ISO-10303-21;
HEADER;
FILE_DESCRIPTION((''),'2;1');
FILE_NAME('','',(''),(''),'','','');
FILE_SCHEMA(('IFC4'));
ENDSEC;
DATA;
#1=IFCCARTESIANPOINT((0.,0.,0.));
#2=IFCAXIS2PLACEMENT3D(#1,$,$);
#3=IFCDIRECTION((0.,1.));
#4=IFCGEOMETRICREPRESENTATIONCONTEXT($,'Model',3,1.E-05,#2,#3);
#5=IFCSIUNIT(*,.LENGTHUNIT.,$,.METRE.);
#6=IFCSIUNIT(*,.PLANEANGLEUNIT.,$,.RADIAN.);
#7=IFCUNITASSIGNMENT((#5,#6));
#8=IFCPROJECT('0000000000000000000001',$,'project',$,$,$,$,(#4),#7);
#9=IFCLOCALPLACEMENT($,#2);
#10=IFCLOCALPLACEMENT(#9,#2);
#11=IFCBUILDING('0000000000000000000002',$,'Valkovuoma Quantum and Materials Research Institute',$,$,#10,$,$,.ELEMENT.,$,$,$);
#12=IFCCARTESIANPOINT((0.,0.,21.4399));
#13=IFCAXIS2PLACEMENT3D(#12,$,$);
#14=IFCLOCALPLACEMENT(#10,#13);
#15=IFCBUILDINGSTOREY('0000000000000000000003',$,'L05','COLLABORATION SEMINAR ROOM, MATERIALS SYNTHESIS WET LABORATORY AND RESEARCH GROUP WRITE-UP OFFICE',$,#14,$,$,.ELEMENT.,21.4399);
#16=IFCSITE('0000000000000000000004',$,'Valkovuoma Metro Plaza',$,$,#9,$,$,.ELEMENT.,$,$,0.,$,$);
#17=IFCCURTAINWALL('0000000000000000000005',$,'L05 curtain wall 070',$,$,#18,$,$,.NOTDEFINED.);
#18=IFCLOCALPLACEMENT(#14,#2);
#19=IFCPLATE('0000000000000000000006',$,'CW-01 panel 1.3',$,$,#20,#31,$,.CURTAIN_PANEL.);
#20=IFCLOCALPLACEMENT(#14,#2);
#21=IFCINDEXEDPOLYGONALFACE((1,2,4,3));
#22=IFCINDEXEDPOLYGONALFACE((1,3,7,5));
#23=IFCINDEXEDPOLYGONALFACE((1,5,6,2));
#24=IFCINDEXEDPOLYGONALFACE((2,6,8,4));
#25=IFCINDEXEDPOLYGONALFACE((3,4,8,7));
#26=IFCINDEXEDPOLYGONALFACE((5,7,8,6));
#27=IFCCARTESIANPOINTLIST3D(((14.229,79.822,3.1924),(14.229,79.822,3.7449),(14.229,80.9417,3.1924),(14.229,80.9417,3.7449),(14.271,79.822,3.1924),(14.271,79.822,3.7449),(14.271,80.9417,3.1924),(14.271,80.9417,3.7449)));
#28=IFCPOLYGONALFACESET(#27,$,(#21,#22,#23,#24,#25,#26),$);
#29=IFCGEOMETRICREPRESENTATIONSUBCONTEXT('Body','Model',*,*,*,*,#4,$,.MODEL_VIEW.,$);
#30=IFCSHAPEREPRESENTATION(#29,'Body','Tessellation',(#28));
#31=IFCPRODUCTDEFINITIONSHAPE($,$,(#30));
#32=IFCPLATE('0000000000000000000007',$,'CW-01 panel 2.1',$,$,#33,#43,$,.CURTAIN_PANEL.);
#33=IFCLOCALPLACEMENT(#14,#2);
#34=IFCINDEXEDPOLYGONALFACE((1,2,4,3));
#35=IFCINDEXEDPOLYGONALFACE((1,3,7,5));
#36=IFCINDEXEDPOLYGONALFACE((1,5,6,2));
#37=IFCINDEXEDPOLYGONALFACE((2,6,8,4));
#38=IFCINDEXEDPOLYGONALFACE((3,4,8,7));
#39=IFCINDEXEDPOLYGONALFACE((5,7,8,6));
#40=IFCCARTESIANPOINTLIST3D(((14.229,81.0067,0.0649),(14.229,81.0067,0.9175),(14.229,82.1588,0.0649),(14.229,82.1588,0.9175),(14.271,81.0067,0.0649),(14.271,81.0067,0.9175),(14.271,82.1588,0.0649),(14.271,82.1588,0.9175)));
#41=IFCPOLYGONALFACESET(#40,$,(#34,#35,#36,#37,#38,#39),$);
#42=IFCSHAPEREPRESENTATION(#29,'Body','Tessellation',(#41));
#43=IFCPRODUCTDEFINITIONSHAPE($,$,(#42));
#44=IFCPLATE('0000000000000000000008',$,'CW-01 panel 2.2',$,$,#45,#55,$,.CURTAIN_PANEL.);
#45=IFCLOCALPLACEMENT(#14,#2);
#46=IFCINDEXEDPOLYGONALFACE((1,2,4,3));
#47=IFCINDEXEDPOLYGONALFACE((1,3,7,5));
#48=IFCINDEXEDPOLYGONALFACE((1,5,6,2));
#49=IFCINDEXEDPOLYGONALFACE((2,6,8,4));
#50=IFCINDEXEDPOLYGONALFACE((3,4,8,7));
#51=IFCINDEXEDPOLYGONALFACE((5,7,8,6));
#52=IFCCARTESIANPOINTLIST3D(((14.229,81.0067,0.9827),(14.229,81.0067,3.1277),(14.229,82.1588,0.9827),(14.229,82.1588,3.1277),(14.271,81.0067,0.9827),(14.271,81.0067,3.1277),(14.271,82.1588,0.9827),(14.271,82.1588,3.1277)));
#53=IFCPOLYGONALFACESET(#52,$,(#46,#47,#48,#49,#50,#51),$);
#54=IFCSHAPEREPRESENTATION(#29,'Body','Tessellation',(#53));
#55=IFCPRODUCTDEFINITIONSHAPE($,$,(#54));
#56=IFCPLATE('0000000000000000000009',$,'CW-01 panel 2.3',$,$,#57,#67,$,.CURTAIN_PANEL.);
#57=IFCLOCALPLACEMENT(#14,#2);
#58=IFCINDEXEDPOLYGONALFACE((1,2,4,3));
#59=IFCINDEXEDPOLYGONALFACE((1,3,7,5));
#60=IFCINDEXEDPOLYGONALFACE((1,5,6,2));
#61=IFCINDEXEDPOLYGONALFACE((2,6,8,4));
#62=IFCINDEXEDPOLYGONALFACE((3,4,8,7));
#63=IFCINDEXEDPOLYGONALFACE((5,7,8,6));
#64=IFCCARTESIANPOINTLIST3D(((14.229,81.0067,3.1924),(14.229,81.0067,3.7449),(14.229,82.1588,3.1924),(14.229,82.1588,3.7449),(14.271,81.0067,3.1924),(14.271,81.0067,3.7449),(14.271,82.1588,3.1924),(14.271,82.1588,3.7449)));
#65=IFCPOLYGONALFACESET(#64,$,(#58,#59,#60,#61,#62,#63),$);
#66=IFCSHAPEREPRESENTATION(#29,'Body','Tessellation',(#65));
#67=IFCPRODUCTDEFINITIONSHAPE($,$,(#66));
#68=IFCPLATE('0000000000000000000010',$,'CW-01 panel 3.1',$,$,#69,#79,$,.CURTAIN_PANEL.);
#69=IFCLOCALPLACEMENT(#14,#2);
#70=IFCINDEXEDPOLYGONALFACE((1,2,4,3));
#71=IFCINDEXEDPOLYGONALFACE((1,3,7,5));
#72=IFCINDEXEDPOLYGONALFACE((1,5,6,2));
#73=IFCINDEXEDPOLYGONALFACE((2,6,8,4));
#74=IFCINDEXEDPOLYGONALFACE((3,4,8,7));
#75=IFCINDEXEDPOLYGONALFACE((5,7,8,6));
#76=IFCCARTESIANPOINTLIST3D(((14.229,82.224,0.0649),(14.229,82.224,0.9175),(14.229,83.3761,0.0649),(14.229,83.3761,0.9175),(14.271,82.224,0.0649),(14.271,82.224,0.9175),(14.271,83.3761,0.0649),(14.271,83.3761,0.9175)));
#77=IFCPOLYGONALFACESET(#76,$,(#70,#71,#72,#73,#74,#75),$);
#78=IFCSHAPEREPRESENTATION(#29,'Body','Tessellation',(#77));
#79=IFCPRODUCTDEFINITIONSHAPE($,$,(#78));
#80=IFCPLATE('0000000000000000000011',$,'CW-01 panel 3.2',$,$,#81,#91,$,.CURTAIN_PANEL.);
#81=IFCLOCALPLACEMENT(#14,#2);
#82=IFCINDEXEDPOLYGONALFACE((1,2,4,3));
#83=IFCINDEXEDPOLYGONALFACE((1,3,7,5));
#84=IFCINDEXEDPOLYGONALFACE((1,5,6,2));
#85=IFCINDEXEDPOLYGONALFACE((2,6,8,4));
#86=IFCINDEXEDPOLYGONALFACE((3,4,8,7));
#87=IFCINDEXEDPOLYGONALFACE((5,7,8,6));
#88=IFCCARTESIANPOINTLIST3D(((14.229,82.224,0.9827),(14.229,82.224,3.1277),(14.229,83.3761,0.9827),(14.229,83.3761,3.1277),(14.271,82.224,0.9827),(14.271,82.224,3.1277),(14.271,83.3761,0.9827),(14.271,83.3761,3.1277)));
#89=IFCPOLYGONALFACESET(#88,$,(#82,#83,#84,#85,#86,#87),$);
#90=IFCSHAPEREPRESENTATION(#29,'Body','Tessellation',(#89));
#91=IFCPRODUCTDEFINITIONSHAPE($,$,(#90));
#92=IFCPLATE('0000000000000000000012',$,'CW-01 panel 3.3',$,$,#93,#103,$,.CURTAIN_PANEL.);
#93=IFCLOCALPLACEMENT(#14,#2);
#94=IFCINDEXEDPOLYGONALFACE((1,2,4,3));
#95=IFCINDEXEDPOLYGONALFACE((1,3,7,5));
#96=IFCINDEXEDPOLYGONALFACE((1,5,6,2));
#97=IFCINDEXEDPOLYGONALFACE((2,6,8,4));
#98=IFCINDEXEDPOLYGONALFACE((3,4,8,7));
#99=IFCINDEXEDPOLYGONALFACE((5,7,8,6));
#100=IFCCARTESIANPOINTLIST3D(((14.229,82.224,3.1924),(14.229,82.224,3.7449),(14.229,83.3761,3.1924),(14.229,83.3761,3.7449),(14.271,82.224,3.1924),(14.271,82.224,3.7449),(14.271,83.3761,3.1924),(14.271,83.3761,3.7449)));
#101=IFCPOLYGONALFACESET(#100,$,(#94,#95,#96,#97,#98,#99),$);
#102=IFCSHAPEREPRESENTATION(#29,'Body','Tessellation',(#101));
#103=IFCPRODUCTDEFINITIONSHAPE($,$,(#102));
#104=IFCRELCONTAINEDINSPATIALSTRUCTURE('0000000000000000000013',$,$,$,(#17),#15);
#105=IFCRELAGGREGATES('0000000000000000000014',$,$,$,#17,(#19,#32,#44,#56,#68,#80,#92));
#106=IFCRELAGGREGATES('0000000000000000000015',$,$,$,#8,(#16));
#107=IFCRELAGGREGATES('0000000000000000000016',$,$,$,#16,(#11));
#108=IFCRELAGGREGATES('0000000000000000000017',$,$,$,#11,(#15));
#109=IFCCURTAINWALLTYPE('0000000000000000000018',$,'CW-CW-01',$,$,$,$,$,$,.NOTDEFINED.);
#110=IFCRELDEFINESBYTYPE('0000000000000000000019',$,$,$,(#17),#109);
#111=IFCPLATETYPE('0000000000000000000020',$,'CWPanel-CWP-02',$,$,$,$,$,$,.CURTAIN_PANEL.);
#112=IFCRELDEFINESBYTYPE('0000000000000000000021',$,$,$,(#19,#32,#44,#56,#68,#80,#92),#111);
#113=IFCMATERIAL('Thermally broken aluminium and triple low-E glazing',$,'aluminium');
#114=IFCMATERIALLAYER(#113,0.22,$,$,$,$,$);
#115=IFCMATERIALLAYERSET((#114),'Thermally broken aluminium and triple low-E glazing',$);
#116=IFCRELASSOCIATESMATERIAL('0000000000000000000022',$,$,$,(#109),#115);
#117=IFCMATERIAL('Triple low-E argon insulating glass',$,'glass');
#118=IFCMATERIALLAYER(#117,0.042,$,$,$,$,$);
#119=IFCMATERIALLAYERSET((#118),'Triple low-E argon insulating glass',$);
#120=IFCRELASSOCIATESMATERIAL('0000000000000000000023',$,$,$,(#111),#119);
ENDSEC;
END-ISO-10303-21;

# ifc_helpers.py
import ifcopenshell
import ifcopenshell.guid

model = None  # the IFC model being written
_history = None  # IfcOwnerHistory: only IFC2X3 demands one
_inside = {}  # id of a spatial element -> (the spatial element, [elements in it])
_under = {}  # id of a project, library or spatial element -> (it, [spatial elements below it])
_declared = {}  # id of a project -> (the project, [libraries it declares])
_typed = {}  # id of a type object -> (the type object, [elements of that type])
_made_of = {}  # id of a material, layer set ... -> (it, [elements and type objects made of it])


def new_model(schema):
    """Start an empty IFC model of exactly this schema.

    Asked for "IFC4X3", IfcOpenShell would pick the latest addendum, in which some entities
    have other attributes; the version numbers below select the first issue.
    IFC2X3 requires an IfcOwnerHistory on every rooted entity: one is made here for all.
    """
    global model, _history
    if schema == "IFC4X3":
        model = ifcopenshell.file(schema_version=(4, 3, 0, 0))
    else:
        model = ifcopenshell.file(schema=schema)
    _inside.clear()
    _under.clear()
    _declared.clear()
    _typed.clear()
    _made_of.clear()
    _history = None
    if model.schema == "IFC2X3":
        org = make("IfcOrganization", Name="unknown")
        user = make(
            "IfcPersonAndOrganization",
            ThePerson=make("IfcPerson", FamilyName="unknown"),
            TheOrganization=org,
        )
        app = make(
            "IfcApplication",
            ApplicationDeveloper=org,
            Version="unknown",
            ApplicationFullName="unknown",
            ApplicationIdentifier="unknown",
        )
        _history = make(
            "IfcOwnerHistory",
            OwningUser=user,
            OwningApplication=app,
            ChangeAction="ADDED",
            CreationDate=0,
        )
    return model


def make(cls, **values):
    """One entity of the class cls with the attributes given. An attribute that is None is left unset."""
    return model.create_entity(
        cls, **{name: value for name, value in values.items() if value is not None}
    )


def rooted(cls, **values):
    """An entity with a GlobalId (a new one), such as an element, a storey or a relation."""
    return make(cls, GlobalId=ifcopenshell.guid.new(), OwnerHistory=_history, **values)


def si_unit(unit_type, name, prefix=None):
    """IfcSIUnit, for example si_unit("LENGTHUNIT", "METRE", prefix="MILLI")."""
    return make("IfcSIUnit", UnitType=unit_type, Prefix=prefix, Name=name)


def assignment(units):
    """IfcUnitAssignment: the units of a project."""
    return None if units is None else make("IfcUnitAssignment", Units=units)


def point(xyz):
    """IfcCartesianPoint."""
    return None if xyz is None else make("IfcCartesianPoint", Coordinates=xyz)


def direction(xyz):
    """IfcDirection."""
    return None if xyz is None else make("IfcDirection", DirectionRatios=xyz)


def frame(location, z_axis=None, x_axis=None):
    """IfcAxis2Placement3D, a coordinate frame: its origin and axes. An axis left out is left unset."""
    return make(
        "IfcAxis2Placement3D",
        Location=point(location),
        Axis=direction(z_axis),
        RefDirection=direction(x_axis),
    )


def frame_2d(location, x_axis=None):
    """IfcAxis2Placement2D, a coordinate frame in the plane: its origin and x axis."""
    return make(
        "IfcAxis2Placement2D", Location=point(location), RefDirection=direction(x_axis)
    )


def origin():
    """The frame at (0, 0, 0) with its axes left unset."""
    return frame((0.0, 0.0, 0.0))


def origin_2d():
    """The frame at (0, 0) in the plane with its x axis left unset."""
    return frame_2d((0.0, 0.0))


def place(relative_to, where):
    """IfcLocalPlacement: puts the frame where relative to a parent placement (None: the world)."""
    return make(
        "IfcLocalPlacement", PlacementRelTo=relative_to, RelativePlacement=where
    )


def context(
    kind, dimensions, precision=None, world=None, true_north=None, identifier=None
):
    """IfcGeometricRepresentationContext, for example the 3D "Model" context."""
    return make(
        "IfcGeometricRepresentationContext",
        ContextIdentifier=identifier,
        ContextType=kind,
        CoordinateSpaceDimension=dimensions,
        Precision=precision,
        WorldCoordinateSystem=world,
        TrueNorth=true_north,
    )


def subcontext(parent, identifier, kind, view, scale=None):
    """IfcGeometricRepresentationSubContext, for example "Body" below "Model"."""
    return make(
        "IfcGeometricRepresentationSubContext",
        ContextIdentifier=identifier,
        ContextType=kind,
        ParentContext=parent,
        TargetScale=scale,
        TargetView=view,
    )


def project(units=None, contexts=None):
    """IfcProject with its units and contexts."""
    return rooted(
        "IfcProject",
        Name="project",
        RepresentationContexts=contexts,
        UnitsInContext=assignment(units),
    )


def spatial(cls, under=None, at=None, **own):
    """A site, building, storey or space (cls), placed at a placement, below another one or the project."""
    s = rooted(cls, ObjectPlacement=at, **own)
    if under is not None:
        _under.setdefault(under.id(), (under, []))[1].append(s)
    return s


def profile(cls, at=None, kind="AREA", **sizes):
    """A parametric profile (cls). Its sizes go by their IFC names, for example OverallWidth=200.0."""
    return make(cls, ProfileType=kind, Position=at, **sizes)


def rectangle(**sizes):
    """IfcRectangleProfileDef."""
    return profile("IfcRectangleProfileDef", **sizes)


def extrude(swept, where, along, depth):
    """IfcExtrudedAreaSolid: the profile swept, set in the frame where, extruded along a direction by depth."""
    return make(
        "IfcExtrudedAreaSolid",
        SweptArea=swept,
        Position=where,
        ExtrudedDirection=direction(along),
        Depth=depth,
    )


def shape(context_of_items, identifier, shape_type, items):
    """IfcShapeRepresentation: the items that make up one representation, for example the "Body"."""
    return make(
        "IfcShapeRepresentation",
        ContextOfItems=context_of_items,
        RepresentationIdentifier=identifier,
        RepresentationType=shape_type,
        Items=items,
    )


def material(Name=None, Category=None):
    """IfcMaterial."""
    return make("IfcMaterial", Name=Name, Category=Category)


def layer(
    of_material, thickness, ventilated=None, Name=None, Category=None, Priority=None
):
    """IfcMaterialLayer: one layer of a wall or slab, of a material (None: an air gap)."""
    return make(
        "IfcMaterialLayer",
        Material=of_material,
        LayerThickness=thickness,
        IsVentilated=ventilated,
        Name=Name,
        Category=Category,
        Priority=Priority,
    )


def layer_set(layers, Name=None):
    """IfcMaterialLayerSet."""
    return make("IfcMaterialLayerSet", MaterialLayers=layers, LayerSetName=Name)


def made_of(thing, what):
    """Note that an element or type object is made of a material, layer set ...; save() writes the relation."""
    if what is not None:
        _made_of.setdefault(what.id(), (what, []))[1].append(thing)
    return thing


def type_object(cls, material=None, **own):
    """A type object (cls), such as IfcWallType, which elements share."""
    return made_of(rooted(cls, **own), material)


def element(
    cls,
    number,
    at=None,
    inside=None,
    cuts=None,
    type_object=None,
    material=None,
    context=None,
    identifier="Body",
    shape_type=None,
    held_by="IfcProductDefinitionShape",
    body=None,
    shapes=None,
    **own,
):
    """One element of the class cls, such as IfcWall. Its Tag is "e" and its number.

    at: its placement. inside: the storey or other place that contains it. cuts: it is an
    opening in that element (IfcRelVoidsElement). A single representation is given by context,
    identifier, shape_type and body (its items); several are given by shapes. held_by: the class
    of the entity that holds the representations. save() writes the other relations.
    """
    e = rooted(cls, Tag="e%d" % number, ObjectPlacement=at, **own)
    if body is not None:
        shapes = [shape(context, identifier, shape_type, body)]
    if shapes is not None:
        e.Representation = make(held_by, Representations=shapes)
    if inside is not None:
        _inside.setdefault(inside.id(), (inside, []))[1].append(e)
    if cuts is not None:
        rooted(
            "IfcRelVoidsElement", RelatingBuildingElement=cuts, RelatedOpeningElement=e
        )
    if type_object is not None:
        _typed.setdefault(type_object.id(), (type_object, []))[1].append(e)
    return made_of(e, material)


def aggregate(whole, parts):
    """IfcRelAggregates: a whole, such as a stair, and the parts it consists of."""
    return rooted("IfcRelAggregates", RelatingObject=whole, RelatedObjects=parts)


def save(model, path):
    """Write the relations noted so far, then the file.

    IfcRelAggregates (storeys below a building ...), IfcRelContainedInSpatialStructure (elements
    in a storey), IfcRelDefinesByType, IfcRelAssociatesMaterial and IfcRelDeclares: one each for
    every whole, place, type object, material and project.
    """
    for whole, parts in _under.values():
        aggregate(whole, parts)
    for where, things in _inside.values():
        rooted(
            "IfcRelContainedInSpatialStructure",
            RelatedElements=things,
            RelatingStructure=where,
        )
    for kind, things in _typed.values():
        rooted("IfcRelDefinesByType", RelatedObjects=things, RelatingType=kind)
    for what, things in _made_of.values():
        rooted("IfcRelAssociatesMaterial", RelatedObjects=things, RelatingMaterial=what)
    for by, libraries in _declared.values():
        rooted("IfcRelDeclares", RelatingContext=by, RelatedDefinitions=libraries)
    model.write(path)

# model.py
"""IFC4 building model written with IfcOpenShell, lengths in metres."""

from ifc_helpers import new_model, si_unit, direction, frame, origin, origin_2d, place, context, subcontext, project, spatial, rectangle, extrude, material, layer, layer_set, type_object, element, aggregate, save


model = new_model("IFC4")

# Units and contexts
model_context = context("Model", 3, precision=1e-05, world=origin(), true_north=direction((0.0, 1.0)))
body_context = subcontext(model_context, "Body", "Model", "MODEL_VIEW")
ifc_project = project(units=[si_unit("LENGTHUNIT", "METRE"), si_unit("PLANEANGLEUNIT", "RADIAN")], contexts=[model_context])

# Site, building, storey
site_placement = place(None, origin())
site = spatial("IfcSite", under=ifc_project, at=site_placement, Name="Valkovuoma Metro Plaza", CompositionType="ELEMENT", RefElevation=0.0)
building_placement = place(site_placement, origin())
building = spatial("IfcBuilding", under=site, at=building_placement, Name="Valkovuoma Quantum and Materials Research Institute", CompositionType="ELEMENT")
storey_placement = place(building_placement, frame((0.0, 0.0, 21.4399)))
storey = spatial("IfcBuildingStorey", under=building, at=storey_placement, Name="L05", Description="COLLABORATION SEMINAR ROOM, MATERIALS SYNTHESIS WET LABORATORY AND RESEARCH GROUP WRITE-UP OFFICE", CompositionType="ELEMENT", Elevation=21.4399)

# Curtain wall, plates
ifc_material_1 = material(Name="Thermally broken aluminium and triple low-E glazing", Category="aluminium")
ifc_layer_1 = layer(ifc_material_1, 0.22)
ifc_layer_set_1 = layer_set([ifc_layer_1], Name="Thermally broken aluminium and triple low-E glazing")
curtain_wall_type = type_object("IfcCurtainWallType", Name="CW-CW-01", PredefinedType="NOTDEFINED", material=ifc_layer_set_1)
curtain_wall_placement = place(storey_placement, origin())
curtain_wall = element("IfcCurtainWall", 1, at=curtain_wall_placement, inside=storey, type_object=curtain_wall_type, Name="L05 curtain wall 070", PredefinedType="NOTDEFINED")
ifc_material_2 = material(Name="Triple low-E argon insulating glass", Category="glass")
ifc_layer_2 = layer(ifc_material_2, 0.042)
ifc_layer_set_2 = layer_set([ifc_layer_2], Name="Triple low-E argon insulating glass")
plate_type = type_object("IfcPlateType", Name="CWPanel-CWP-02", PredefinedType="CURTAIN_PANEL", material=ifc_layer_set_2)
plate_1_placement = place(storey_placement, frame((14.25, 80.3818, 3.1924), z_axis=(0.0, 0.0, 1.0), x_axis=(0.0, 1.0, 0.0)))
plate_1 = element("IfcPlate", 2, at=plate_1_placement, type_object=plate_type, Name="CW-01 panel 1.3", PredefinedType="CURTAIN_PANEL", context=body_context, shape_type="SweptSolid", body=[
    extrude(rectangle(XDim=1.1196, YDim=0.042, at=origin_2d()), origin(), (0.0, 0.0, 1.0), 0.5525),
])
plate_2_placement = place(storey_placement, frame((14.25, 81.5828, 0.0649), z_axis=(0.0, 0.0, 1.0), x_axis=(0.0, 1.0, 0.0)))
plate_2 = element("IfcPlate", 3, at=plate_2_placement, type_object=plate_type, Name="CW-01 panel 2.1", PredefinedType="CURTAIN_PANEL", context=body_context, shape_type="SweptSolid", body=[
    extrude(rectangle(XDim=1.1521, YDim=0.042, at=origin_2d()), origin(), (0.0, 0.0, 1.0), 0.8525),
])
plate_3_placement = place(storey_placement, frame((14.25, 81.5828, 0.9827), z_axis=(0.0, 0.0, 1.0), x_axis=(0.0, 1.0, 0.0)))
plate_3 = element("IfcPlate", 4, at=plate_3_placement, type_object=plate_type, Name="CW-01 panel 2.2", PredefinedType="CURTAIN_PANEL", context=body_context, shape_type="SweptSolid", body=[
    extrude(rectangle(XDim=1.1521, YDim=0.042, at=origin_2d()), origin(), (0.0, 0.0, 1.0), 2.145),
])
plate_4_placement = place(storey_placement, frame((14.25, 81.5828, 3.1924), z_axis=(0.0, 0.0, 1.0), x_axis=(0.0, 1.0, 0.0)))
plate_4 = element("IfcPlate", 5, at=plate_4_placement, type_object=plate_type, Name="CW-01 panel 2.3", PredefinedType="CURTAIN_PANEL", context=body_context, shape_type="SweptSolid", body=[
    extrude(rectangle(XDim=1.1521, YDim=0.042, at=origin_2d()), origin(), (0.0, 0.0, 1.0), 0.5525),
])
plate_5_placement = place(storey_placement, frame((14.25, 82.8, 0.0649), z_axis=(0.0, 0.0, 1.0), x_axis=(0.0, 1.0, 0.0)))
plate_5 = element("IfcPlate", 6, at=plate_5_placement, type_object=plate_type, Name="CW-01 panel 3.1", PredefinedType="CURTAIN_PANEL", context=body_context, shape_type="SweptSolid", body=[
    extrude(rectangle(XDim=1.1521, YDim=0.042, at=origin_2d()), origin(), (0.0, 0.0, 1.0), 0.8525),
])
plate_6_placement = place(storey_placement, frame((14.25, 82.8, 0.9827), z_axis=(0.0, 0.0, 1.0), x_axis=(0.0, 1.0, 0.0)))
plate_6 = element("IfcPlate", 7, at=plate_6_placement, type_object=plate_type, Name="CW-01 panel 3.2", PredefinedType="CURTAIN_PANEL", context=body_context, shape_type="SweptSolid", body=[
    extrude(rectangle(XDim=1.1521, YDim=0.042, at=origin_2d()), origin(), (0.0, 0.0, 1.0), 2.145),
])
plate_7_placement = place(storey_placement, frame((14.25, 82.8, 3.1924), z_axis=(0.0, 0.0, 1.0), x_axis=(0.0, 1.0, 0.0)))
plate_7 = element("IfcPlate", 8, at=plate_7_placement, type_object=plate_type, Name="CW-01 panel 3.3", PredefinedType="CURTAIN_PANEL", context=body_context, shape_type="SweptSolid", body=[
    extrude(rectangle(XDim=1.1521, YDim=0.042, at=origin_2d()), origin(), (0.0, 0.0, 1.0), 0.5525),
])
aggregate(curtain_wall, [plate_1, plate_2, plate_3, plate_4, plate_5, plate_6, plate_7])

save(model, "model.ifc")
